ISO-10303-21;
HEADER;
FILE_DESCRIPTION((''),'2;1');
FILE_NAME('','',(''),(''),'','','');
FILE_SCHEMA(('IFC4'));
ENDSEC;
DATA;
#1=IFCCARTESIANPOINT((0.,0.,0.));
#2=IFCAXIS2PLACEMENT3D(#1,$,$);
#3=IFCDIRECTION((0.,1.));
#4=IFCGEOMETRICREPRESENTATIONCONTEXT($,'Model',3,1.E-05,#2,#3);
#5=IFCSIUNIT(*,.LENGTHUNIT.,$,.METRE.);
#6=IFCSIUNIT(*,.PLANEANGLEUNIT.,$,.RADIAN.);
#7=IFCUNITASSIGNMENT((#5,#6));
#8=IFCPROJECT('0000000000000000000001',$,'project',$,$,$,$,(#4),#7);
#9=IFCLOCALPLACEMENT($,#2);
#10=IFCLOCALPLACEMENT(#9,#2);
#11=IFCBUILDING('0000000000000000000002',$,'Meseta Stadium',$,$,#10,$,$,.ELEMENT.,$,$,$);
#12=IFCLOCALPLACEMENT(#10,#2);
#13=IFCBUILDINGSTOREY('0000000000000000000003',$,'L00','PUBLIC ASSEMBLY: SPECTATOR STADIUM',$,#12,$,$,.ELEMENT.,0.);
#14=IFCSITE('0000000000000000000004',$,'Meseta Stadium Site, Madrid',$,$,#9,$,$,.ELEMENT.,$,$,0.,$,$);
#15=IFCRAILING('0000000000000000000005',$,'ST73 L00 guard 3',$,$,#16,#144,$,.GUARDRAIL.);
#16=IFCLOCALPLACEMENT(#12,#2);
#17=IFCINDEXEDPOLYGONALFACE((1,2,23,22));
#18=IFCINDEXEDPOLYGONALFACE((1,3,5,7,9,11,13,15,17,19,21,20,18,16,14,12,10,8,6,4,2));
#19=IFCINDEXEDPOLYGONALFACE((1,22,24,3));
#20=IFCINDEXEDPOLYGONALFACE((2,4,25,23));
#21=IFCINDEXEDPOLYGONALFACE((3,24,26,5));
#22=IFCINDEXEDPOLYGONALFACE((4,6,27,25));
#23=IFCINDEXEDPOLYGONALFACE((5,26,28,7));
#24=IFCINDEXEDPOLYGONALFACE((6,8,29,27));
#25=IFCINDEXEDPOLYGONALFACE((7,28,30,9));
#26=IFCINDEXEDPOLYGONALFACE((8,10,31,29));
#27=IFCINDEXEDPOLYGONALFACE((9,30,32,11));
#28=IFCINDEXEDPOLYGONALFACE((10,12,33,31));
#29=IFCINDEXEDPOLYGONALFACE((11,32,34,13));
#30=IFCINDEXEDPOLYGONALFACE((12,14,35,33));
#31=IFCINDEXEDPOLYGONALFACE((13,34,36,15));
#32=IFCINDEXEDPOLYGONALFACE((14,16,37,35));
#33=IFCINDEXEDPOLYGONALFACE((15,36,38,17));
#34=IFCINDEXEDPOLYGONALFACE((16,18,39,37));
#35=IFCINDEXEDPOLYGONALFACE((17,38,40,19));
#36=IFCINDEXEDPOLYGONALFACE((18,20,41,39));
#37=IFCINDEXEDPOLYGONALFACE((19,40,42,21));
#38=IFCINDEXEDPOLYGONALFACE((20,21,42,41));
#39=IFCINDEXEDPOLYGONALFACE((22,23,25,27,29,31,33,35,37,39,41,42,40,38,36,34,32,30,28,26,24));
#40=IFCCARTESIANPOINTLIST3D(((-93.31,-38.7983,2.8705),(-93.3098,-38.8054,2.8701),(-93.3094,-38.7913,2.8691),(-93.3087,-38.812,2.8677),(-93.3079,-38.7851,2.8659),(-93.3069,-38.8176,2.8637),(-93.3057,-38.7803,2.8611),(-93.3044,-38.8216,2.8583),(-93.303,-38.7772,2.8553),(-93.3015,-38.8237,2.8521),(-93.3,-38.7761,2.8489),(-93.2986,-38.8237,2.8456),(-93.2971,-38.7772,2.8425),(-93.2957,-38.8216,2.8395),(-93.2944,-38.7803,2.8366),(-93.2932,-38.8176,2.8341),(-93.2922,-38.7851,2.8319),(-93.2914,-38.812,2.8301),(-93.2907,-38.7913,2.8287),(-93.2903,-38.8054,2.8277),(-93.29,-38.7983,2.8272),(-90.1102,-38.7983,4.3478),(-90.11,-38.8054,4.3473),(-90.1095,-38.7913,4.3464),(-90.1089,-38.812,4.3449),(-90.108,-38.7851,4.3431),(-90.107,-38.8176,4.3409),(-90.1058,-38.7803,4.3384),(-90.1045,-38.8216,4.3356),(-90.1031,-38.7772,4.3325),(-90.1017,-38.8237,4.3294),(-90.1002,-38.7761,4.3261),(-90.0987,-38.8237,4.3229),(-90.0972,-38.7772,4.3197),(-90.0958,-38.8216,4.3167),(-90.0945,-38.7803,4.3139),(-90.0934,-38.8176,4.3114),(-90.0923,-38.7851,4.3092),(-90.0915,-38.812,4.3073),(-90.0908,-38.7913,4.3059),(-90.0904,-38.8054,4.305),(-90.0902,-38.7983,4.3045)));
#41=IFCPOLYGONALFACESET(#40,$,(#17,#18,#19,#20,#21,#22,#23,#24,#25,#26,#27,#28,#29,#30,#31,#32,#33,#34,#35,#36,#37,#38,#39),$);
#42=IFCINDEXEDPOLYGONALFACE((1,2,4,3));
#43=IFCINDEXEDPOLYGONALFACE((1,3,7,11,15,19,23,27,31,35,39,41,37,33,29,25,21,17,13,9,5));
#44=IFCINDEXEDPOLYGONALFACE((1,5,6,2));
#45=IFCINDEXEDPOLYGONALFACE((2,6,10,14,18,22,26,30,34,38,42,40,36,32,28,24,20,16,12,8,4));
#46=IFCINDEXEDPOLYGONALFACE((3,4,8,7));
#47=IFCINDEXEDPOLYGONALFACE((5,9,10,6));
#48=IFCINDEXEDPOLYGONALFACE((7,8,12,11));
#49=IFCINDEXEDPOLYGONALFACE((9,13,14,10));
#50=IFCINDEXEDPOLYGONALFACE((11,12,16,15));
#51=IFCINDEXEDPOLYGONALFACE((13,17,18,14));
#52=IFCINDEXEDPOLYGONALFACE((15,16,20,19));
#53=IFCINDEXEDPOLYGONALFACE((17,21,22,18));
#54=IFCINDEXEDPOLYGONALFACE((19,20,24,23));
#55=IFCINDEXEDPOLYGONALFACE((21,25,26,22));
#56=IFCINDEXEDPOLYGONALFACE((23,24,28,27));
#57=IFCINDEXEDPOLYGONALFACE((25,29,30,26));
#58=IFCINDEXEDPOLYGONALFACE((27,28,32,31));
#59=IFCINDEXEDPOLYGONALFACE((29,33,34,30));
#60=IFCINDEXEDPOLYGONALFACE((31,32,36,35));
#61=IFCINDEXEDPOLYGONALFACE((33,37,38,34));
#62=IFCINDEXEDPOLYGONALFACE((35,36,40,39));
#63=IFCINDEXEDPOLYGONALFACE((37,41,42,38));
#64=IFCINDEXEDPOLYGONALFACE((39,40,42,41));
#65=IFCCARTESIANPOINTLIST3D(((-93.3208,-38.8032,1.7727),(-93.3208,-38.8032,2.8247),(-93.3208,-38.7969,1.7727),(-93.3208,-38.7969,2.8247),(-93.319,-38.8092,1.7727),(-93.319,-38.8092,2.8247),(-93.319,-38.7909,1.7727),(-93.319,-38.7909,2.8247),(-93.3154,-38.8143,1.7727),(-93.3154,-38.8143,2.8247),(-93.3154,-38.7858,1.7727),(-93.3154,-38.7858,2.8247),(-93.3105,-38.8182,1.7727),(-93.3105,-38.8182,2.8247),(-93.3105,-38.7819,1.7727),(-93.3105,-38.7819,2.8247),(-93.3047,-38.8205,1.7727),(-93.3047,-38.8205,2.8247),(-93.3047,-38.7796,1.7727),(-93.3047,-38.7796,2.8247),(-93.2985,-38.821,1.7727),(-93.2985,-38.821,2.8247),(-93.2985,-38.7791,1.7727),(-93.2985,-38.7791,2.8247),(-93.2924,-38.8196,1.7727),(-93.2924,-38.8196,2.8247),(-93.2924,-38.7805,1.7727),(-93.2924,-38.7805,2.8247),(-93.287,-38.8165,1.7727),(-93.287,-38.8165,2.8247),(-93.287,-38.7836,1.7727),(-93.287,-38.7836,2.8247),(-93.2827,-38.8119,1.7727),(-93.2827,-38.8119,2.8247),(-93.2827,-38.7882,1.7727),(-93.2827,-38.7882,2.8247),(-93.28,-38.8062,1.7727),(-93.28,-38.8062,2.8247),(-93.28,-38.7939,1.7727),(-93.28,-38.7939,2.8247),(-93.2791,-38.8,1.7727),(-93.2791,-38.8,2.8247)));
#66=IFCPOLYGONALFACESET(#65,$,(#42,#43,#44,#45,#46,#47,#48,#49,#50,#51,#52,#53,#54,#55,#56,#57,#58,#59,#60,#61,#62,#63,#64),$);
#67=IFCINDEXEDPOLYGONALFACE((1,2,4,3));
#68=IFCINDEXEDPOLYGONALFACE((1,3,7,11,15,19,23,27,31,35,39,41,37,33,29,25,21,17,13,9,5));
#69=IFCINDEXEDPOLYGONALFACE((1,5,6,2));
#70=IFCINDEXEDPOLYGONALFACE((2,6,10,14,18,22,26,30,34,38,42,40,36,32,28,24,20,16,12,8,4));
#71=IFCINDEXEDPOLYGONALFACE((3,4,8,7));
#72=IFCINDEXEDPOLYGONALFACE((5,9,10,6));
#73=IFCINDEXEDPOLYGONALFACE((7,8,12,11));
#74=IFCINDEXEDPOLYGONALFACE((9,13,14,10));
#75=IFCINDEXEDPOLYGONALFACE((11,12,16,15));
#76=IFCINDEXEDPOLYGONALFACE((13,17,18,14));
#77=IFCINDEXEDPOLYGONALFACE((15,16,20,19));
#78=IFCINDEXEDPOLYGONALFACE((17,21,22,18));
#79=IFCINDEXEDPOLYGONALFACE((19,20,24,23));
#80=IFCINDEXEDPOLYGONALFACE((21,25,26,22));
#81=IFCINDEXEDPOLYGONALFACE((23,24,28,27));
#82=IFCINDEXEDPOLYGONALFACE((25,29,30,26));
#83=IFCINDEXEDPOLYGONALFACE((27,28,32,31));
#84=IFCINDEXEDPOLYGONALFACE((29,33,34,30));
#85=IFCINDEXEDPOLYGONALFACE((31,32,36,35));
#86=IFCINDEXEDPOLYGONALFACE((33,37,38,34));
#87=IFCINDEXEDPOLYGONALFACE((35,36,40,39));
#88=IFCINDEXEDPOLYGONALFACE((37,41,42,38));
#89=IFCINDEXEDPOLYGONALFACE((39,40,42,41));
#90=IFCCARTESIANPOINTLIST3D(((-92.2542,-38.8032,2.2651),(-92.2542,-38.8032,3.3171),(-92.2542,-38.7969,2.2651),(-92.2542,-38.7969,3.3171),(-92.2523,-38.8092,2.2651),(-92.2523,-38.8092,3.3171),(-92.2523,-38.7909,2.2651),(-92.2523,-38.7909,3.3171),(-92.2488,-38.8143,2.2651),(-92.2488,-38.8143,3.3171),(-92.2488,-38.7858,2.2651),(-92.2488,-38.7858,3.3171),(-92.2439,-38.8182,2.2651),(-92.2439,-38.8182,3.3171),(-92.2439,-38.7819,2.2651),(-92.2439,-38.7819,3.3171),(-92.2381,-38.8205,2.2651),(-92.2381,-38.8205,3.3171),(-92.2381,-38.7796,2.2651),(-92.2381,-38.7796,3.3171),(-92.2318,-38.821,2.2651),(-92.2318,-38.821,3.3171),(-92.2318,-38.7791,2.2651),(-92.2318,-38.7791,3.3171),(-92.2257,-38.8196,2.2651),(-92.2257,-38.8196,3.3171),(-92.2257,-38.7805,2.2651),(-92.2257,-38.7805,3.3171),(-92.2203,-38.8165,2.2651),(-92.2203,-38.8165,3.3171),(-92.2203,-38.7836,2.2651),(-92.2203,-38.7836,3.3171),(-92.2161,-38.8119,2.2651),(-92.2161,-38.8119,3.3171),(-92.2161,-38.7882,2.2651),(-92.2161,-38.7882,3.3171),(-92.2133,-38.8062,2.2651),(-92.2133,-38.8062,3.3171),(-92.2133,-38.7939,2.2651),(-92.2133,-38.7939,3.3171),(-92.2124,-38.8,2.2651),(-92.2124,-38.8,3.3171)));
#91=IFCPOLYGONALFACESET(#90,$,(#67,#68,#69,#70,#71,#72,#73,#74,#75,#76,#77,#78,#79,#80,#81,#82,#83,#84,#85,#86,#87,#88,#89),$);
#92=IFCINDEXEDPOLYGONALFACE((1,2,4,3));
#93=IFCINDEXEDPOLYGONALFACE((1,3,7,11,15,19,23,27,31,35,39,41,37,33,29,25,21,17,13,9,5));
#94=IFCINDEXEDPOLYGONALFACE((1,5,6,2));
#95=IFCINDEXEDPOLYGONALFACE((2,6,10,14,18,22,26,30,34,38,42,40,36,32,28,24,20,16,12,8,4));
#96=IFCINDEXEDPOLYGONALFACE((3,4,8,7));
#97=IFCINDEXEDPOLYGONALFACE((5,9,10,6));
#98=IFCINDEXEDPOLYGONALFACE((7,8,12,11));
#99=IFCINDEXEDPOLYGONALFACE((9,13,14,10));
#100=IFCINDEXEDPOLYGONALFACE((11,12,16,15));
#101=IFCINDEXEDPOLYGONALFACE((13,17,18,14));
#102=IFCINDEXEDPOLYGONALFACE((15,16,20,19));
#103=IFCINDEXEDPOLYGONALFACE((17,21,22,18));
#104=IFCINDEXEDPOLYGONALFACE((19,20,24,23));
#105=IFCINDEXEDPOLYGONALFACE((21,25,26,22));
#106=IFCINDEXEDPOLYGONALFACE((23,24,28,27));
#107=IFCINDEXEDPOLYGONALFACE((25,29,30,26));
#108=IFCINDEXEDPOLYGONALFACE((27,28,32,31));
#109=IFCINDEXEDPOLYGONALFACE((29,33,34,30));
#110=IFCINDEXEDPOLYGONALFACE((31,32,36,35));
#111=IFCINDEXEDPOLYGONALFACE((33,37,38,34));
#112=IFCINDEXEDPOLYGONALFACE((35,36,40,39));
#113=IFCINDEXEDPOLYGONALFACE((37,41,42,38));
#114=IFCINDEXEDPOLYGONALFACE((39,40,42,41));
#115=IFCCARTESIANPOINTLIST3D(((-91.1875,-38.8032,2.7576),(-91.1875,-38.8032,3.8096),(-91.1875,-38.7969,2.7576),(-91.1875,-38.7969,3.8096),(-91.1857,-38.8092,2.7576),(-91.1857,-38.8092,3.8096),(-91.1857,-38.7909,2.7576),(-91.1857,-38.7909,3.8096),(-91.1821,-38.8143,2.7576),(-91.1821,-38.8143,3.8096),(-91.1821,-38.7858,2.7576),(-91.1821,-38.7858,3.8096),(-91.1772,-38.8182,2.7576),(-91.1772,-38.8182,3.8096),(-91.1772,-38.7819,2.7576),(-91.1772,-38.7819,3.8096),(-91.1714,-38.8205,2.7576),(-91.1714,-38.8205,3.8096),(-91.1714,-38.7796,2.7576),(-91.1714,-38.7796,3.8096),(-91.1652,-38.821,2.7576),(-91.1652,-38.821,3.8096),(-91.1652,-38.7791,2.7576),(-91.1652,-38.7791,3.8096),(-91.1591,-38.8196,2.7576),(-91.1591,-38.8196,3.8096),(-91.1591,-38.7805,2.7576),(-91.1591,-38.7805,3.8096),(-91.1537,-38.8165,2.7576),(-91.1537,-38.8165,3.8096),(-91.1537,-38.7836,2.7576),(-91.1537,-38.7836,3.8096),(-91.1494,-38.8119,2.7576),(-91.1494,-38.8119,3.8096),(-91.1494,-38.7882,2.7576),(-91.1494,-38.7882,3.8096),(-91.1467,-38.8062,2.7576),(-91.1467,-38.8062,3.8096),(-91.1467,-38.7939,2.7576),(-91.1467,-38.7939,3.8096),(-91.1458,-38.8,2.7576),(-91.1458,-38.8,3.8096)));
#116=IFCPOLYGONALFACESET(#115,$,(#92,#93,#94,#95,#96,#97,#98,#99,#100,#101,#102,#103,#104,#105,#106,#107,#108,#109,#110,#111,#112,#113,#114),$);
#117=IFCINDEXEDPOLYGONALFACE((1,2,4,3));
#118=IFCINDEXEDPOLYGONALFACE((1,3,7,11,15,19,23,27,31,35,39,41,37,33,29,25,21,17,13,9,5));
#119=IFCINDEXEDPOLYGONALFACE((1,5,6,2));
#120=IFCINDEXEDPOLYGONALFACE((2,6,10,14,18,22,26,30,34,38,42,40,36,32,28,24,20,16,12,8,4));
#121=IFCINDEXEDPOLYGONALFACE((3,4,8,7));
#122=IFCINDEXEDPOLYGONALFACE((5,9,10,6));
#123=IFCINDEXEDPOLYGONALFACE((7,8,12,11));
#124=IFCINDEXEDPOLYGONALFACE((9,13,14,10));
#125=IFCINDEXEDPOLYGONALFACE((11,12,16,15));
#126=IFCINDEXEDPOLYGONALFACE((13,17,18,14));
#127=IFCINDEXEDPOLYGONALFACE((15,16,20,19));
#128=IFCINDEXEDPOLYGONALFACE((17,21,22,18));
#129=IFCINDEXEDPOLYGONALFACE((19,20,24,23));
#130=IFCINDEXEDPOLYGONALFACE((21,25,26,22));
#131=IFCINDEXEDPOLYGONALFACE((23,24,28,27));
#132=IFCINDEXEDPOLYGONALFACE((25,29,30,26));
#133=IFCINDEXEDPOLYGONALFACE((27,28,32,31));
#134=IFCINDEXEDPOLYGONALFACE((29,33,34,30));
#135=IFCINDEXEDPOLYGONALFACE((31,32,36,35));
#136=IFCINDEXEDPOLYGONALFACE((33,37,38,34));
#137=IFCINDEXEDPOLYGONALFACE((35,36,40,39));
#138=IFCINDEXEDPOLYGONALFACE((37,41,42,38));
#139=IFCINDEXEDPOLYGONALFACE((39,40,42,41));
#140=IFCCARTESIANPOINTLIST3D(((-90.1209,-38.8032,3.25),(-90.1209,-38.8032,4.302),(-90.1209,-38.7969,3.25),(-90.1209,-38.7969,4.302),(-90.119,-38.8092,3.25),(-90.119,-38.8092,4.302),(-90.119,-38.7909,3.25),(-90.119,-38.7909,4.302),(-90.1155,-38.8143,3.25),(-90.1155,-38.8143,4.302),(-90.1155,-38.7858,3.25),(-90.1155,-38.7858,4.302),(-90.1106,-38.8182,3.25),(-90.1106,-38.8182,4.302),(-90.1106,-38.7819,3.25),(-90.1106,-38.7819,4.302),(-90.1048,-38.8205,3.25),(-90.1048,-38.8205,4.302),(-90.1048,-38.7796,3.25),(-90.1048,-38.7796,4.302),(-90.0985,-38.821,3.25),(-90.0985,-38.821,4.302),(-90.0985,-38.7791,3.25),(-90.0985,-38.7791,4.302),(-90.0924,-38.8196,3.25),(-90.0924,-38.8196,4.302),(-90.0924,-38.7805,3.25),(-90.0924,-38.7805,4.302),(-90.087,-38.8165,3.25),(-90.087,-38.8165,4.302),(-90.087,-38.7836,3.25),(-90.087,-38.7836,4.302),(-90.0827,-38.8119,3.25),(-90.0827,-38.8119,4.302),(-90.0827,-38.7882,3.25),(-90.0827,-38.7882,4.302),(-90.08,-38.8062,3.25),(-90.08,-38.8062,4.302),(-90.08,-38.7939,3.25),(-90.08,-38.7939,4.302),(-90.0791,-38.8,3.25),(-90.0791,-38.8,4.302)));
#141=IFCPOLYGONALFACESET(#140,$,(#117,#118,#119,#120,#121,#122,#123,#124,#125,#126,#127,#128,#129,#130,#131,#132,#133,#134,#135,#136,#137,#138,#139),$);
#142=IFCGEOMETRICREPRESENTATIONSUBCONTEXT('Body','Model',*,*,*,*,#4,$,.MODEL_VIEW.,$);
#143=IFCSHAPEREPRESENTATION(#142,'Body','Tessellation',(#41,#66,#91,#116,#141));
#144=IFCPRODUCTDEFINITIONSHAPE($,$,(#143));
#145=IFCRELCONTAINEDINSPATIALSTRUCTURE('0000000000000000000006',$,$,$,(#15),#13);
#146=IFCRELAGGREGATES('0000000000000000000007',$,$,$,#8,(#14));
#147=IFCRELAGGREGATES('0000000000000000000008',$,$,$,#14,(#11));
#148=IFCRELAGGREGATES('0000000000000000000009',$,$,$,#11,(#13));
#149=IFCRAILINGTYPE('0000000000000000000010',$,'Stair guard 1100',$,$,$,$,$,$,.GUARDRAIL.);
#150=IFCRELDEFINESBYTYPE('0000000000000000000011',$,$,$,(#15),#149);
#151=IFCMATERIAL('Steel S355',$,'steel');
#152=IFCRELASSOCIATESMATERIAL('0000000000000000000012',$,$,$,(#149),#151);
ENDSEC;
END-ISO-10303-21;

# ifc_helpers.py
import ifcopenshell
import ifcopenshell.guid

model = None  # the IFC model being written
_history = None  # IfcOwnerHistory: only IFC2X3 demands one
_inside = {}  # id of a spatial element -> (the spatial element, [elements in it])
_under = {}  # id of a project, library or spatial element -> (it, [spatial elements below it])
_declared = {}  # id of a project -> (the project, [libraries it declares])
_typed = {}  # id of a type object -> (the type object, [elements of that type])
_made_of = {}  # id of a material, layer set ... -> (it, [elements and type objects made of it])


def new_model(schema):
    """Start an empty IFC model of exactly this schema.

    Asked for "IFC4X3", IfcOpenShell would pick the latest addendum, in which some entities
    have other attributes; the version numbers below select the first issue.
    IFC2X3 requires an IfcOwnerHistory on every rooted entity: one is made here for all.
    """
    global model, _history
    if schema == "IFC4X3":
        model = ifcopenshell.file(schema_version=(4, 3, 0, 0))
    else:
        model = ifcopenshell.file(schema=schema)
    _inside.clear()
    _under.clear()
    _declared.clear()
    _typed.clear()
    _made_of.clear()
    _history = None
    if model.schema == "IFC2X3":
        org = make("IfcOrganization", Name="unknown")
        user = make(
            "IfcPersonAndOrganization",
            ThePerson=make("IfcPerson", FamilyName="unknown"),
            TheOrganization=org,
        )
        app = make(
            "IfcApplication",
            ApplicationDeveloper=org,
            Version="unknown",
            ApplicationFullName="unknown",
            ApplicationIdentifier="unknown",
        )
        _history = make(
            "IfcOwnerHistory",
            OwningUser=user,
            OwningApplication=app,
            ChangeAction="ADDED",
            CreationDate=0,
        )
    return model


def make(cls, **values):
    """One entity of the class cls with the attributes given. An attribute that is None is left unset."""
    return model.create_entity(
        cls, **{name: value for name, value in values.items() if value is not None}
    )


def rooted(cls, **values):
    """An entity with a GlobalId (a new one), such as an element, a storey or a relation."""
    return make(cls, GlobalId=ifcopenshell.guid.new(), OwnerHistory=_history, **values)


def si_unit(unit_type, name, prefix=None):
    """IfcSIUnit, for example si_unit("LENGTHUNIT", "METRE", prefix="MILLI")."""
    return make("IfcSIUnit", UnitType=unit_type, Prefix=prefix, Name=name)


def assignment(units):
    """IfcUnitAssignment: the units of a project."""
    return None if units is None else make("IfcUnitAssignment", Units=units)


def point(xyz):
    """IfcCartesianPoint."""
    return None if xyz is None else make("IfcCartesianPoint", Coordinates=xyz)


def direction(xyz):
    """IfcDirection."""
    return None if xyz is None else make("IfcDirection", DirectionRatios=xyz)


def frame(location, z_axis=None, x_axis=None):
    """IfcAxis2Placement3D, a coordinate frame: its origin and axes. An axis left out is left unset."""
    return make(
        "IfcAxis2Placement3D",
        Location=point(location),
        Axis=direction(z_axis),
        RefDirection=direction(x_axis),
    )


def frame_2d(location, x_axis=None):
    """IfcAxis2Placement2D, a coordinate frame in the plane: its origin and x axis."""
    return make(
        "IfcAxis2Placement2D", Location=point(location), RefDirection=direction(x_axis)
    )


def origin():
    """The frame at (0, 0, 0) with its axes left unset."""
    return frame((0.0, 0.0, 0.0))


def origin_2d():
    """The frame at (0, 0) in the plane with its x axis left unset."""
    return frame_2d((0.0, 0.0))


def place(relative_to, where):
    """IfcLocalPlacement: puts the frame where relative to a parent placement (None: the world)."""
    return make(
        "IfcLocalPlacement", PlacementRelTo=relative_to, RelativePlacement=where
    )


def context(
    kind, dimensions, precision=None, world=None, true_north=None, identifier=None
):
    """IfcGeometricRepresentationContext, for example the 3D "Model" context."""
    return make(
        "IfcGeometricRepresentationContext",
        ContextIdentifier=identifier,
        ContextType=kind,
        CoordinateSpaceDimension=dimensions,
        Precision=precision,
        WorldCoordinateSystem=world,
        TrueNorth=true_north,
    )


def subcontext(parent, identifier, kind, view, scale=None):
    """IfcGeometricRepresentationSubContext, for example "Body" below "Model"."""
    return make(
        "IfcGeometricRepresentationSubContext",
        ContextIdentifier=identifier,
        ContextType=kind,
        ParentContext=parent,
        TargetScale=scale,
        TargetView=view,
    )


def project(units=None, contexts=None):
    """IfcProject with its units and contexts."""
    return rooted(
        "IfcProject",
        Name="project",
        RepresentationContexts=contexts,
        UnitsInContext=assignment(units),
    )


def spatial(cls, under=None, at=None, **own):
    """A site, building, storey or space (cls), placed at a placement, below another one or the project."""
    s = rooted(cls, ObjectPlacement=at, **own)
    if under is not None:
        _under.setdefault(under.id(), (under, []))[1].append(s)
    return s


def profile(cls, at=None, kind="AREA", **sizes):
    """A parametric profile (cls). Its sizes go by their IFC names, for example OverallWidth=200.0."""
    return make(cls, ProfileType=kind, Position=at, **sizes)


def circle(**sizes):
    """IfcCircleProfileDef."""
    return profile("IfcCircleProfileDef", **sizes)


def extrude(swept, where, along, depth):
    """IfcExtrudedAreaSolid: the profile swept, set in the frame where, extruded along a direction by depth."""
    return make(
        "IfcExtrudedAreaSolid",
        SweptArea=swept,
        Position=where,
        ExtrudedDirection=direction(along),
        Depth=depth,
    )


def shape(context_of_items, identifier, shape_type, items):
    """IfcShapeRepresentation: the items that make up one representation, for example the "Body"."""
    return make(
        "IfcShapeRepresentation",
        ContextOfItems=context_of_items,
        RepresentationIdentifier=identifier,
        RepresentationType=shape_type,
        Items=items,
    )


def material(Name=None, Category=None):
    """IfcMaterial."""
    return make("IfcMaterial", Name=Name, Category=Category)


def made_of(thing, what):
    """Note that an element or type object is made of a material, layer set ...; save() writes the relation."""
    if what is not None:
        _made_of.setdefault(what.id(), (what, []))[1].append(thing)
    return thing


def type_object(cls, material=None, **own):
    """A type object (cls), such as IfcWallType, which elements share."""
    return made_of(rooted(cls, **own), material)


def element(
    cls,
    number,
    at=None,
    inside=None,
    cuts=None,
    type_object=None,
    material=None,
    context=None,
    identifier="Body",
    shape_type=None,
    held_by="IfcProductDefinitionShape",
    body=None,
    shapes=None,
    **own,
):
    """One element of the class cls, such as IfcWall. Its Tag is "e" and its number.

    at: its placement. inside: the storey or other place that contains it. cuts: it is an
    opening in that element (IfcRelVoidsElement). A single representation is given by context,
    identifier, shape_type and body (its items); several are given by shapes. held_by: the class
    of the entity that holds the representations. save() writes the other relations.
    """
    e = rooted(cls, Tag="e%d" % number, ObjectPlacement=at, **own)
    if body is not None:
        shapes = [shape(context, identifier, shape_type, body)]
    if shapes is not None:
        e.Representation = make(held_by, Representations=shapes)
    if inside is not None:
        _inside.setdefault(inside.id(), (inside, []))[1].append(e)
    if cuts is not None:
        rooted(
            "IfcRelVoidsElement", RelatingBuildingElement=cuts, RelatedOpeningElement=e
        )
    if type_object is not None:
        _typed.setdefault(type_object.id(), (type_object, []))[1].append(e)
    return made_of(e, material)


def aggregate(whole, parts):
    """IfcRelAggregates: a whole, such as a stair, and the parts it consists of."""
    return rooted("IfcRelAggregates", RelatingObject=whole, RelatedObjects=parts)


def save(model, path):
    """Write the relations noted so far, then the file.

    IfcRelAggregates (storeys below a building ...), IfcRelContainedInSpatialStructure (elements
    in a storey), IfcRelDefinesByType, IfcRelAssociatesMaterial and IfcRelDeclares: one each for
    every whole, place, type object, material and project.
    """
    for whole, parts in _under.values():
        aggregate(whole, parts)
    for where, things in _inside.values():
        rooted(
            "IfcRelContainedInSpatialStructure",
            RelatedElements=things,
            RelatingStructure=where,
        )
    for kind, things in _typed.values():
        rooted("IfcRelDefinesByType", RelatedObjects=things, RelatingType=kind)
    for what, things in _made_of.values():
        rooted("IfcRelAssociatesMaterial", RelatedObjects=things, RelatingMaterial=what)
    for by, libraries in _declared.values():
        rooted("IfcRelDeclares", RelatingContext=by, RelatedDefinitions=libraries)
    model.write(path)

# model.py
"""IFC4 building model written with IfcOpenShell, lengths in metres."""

from ifc_helpers import new_model, si_unit, direction, frame, origin, origin_2d, place, context, subcontext, project, spatial, circle, extrude, material, type_object, element, save


model = new_model("IFC4")

# Units and contexts
model_context = context("Model", 3, precision=1e-05, world=origin(), true_north=direction((0.0, 1.0)))
body_context = subcontext(model_context, "Body", "Model", "MODEL_VIEW")
ifc_project = project(units=[si_unit("LENGTHUNIT", "METRE"), si_unit("PLANEANGLEUNIT", "RADIAN")], contexts=[model_context])

# Site, building, storey
site_placement = place(None, origin())
site = spatial("IfcSite", under=ifc_project, at=site_placement, Name="Meseta Stadium Site, Madrid", CompositionType="ELEMENT", RefElevation=0.0)
building_placement = place(site_placement, origin())
building = spatial("IfcBuilding", under=site, at=building_placement, Name="Meseta Stadium", CompositionType="ELEMENT")
storey_placement = place(building_placement, origin())
storey = spatial("IfcBuildingStorey", under=building, at=storey_placement, Name="L00", Description="PUBLIC ASSEMBLY: SPECTATOR STADIUM", CompositionType="ELEMENT", Elevation=0.0)

# Railing
ifc_material_1 = material(Name="Steel S355", Category="steel")
railing_type_1 = type_object("IfcRailingType", Name="Stair guard 1100", PredefinedType="GUARDRAIL", material=ifc_material_1)
railing_1_placement = place(storey_placement, frame((-93.3, -38.8, 1.7727)))
element("IfcRailing", 1, at=railing_1_placement, inside=storey, type_object=railing_type_1, Name="ST73 L00 guard 3", PredefinedType="GUARDRAIL", context=body_context, shape_type="SweptSolid", body=[
    extrude(circle(Radius=0.0239, at=origin_2d()), frame((0.0, 0.0, 1.0762), z_axis=(0.907917, 0.0, 0.41915), x_axis=(0.0, 1.0, 0.0)), (0.0, 0.0, 1.0), 3.5244),
    extrude(circle(Radius=0.021, at=origin_2d()), origin(), (0.0, 0.0, 1.0), 1.052),
    extrude(circle(Radius=0.021, at=origin_2d()), frame((1.0667, 0.0, 0.4924)), (0.0, 0.0, 1.0), 1.052),
    extrude(circle(Radius=0.021, at=origin_2d()), frame((2.1333, 0.0, 0.9849)), (0.0, 0.0, 1.0), 1.052),
    extrude(circle(Radius=0.021, at=origin_2d()), frame((3.2, 0.0, 1.4773)), (0.0, 0.0, 1.0), 1.052),
])

save(model, "model.ifc")
